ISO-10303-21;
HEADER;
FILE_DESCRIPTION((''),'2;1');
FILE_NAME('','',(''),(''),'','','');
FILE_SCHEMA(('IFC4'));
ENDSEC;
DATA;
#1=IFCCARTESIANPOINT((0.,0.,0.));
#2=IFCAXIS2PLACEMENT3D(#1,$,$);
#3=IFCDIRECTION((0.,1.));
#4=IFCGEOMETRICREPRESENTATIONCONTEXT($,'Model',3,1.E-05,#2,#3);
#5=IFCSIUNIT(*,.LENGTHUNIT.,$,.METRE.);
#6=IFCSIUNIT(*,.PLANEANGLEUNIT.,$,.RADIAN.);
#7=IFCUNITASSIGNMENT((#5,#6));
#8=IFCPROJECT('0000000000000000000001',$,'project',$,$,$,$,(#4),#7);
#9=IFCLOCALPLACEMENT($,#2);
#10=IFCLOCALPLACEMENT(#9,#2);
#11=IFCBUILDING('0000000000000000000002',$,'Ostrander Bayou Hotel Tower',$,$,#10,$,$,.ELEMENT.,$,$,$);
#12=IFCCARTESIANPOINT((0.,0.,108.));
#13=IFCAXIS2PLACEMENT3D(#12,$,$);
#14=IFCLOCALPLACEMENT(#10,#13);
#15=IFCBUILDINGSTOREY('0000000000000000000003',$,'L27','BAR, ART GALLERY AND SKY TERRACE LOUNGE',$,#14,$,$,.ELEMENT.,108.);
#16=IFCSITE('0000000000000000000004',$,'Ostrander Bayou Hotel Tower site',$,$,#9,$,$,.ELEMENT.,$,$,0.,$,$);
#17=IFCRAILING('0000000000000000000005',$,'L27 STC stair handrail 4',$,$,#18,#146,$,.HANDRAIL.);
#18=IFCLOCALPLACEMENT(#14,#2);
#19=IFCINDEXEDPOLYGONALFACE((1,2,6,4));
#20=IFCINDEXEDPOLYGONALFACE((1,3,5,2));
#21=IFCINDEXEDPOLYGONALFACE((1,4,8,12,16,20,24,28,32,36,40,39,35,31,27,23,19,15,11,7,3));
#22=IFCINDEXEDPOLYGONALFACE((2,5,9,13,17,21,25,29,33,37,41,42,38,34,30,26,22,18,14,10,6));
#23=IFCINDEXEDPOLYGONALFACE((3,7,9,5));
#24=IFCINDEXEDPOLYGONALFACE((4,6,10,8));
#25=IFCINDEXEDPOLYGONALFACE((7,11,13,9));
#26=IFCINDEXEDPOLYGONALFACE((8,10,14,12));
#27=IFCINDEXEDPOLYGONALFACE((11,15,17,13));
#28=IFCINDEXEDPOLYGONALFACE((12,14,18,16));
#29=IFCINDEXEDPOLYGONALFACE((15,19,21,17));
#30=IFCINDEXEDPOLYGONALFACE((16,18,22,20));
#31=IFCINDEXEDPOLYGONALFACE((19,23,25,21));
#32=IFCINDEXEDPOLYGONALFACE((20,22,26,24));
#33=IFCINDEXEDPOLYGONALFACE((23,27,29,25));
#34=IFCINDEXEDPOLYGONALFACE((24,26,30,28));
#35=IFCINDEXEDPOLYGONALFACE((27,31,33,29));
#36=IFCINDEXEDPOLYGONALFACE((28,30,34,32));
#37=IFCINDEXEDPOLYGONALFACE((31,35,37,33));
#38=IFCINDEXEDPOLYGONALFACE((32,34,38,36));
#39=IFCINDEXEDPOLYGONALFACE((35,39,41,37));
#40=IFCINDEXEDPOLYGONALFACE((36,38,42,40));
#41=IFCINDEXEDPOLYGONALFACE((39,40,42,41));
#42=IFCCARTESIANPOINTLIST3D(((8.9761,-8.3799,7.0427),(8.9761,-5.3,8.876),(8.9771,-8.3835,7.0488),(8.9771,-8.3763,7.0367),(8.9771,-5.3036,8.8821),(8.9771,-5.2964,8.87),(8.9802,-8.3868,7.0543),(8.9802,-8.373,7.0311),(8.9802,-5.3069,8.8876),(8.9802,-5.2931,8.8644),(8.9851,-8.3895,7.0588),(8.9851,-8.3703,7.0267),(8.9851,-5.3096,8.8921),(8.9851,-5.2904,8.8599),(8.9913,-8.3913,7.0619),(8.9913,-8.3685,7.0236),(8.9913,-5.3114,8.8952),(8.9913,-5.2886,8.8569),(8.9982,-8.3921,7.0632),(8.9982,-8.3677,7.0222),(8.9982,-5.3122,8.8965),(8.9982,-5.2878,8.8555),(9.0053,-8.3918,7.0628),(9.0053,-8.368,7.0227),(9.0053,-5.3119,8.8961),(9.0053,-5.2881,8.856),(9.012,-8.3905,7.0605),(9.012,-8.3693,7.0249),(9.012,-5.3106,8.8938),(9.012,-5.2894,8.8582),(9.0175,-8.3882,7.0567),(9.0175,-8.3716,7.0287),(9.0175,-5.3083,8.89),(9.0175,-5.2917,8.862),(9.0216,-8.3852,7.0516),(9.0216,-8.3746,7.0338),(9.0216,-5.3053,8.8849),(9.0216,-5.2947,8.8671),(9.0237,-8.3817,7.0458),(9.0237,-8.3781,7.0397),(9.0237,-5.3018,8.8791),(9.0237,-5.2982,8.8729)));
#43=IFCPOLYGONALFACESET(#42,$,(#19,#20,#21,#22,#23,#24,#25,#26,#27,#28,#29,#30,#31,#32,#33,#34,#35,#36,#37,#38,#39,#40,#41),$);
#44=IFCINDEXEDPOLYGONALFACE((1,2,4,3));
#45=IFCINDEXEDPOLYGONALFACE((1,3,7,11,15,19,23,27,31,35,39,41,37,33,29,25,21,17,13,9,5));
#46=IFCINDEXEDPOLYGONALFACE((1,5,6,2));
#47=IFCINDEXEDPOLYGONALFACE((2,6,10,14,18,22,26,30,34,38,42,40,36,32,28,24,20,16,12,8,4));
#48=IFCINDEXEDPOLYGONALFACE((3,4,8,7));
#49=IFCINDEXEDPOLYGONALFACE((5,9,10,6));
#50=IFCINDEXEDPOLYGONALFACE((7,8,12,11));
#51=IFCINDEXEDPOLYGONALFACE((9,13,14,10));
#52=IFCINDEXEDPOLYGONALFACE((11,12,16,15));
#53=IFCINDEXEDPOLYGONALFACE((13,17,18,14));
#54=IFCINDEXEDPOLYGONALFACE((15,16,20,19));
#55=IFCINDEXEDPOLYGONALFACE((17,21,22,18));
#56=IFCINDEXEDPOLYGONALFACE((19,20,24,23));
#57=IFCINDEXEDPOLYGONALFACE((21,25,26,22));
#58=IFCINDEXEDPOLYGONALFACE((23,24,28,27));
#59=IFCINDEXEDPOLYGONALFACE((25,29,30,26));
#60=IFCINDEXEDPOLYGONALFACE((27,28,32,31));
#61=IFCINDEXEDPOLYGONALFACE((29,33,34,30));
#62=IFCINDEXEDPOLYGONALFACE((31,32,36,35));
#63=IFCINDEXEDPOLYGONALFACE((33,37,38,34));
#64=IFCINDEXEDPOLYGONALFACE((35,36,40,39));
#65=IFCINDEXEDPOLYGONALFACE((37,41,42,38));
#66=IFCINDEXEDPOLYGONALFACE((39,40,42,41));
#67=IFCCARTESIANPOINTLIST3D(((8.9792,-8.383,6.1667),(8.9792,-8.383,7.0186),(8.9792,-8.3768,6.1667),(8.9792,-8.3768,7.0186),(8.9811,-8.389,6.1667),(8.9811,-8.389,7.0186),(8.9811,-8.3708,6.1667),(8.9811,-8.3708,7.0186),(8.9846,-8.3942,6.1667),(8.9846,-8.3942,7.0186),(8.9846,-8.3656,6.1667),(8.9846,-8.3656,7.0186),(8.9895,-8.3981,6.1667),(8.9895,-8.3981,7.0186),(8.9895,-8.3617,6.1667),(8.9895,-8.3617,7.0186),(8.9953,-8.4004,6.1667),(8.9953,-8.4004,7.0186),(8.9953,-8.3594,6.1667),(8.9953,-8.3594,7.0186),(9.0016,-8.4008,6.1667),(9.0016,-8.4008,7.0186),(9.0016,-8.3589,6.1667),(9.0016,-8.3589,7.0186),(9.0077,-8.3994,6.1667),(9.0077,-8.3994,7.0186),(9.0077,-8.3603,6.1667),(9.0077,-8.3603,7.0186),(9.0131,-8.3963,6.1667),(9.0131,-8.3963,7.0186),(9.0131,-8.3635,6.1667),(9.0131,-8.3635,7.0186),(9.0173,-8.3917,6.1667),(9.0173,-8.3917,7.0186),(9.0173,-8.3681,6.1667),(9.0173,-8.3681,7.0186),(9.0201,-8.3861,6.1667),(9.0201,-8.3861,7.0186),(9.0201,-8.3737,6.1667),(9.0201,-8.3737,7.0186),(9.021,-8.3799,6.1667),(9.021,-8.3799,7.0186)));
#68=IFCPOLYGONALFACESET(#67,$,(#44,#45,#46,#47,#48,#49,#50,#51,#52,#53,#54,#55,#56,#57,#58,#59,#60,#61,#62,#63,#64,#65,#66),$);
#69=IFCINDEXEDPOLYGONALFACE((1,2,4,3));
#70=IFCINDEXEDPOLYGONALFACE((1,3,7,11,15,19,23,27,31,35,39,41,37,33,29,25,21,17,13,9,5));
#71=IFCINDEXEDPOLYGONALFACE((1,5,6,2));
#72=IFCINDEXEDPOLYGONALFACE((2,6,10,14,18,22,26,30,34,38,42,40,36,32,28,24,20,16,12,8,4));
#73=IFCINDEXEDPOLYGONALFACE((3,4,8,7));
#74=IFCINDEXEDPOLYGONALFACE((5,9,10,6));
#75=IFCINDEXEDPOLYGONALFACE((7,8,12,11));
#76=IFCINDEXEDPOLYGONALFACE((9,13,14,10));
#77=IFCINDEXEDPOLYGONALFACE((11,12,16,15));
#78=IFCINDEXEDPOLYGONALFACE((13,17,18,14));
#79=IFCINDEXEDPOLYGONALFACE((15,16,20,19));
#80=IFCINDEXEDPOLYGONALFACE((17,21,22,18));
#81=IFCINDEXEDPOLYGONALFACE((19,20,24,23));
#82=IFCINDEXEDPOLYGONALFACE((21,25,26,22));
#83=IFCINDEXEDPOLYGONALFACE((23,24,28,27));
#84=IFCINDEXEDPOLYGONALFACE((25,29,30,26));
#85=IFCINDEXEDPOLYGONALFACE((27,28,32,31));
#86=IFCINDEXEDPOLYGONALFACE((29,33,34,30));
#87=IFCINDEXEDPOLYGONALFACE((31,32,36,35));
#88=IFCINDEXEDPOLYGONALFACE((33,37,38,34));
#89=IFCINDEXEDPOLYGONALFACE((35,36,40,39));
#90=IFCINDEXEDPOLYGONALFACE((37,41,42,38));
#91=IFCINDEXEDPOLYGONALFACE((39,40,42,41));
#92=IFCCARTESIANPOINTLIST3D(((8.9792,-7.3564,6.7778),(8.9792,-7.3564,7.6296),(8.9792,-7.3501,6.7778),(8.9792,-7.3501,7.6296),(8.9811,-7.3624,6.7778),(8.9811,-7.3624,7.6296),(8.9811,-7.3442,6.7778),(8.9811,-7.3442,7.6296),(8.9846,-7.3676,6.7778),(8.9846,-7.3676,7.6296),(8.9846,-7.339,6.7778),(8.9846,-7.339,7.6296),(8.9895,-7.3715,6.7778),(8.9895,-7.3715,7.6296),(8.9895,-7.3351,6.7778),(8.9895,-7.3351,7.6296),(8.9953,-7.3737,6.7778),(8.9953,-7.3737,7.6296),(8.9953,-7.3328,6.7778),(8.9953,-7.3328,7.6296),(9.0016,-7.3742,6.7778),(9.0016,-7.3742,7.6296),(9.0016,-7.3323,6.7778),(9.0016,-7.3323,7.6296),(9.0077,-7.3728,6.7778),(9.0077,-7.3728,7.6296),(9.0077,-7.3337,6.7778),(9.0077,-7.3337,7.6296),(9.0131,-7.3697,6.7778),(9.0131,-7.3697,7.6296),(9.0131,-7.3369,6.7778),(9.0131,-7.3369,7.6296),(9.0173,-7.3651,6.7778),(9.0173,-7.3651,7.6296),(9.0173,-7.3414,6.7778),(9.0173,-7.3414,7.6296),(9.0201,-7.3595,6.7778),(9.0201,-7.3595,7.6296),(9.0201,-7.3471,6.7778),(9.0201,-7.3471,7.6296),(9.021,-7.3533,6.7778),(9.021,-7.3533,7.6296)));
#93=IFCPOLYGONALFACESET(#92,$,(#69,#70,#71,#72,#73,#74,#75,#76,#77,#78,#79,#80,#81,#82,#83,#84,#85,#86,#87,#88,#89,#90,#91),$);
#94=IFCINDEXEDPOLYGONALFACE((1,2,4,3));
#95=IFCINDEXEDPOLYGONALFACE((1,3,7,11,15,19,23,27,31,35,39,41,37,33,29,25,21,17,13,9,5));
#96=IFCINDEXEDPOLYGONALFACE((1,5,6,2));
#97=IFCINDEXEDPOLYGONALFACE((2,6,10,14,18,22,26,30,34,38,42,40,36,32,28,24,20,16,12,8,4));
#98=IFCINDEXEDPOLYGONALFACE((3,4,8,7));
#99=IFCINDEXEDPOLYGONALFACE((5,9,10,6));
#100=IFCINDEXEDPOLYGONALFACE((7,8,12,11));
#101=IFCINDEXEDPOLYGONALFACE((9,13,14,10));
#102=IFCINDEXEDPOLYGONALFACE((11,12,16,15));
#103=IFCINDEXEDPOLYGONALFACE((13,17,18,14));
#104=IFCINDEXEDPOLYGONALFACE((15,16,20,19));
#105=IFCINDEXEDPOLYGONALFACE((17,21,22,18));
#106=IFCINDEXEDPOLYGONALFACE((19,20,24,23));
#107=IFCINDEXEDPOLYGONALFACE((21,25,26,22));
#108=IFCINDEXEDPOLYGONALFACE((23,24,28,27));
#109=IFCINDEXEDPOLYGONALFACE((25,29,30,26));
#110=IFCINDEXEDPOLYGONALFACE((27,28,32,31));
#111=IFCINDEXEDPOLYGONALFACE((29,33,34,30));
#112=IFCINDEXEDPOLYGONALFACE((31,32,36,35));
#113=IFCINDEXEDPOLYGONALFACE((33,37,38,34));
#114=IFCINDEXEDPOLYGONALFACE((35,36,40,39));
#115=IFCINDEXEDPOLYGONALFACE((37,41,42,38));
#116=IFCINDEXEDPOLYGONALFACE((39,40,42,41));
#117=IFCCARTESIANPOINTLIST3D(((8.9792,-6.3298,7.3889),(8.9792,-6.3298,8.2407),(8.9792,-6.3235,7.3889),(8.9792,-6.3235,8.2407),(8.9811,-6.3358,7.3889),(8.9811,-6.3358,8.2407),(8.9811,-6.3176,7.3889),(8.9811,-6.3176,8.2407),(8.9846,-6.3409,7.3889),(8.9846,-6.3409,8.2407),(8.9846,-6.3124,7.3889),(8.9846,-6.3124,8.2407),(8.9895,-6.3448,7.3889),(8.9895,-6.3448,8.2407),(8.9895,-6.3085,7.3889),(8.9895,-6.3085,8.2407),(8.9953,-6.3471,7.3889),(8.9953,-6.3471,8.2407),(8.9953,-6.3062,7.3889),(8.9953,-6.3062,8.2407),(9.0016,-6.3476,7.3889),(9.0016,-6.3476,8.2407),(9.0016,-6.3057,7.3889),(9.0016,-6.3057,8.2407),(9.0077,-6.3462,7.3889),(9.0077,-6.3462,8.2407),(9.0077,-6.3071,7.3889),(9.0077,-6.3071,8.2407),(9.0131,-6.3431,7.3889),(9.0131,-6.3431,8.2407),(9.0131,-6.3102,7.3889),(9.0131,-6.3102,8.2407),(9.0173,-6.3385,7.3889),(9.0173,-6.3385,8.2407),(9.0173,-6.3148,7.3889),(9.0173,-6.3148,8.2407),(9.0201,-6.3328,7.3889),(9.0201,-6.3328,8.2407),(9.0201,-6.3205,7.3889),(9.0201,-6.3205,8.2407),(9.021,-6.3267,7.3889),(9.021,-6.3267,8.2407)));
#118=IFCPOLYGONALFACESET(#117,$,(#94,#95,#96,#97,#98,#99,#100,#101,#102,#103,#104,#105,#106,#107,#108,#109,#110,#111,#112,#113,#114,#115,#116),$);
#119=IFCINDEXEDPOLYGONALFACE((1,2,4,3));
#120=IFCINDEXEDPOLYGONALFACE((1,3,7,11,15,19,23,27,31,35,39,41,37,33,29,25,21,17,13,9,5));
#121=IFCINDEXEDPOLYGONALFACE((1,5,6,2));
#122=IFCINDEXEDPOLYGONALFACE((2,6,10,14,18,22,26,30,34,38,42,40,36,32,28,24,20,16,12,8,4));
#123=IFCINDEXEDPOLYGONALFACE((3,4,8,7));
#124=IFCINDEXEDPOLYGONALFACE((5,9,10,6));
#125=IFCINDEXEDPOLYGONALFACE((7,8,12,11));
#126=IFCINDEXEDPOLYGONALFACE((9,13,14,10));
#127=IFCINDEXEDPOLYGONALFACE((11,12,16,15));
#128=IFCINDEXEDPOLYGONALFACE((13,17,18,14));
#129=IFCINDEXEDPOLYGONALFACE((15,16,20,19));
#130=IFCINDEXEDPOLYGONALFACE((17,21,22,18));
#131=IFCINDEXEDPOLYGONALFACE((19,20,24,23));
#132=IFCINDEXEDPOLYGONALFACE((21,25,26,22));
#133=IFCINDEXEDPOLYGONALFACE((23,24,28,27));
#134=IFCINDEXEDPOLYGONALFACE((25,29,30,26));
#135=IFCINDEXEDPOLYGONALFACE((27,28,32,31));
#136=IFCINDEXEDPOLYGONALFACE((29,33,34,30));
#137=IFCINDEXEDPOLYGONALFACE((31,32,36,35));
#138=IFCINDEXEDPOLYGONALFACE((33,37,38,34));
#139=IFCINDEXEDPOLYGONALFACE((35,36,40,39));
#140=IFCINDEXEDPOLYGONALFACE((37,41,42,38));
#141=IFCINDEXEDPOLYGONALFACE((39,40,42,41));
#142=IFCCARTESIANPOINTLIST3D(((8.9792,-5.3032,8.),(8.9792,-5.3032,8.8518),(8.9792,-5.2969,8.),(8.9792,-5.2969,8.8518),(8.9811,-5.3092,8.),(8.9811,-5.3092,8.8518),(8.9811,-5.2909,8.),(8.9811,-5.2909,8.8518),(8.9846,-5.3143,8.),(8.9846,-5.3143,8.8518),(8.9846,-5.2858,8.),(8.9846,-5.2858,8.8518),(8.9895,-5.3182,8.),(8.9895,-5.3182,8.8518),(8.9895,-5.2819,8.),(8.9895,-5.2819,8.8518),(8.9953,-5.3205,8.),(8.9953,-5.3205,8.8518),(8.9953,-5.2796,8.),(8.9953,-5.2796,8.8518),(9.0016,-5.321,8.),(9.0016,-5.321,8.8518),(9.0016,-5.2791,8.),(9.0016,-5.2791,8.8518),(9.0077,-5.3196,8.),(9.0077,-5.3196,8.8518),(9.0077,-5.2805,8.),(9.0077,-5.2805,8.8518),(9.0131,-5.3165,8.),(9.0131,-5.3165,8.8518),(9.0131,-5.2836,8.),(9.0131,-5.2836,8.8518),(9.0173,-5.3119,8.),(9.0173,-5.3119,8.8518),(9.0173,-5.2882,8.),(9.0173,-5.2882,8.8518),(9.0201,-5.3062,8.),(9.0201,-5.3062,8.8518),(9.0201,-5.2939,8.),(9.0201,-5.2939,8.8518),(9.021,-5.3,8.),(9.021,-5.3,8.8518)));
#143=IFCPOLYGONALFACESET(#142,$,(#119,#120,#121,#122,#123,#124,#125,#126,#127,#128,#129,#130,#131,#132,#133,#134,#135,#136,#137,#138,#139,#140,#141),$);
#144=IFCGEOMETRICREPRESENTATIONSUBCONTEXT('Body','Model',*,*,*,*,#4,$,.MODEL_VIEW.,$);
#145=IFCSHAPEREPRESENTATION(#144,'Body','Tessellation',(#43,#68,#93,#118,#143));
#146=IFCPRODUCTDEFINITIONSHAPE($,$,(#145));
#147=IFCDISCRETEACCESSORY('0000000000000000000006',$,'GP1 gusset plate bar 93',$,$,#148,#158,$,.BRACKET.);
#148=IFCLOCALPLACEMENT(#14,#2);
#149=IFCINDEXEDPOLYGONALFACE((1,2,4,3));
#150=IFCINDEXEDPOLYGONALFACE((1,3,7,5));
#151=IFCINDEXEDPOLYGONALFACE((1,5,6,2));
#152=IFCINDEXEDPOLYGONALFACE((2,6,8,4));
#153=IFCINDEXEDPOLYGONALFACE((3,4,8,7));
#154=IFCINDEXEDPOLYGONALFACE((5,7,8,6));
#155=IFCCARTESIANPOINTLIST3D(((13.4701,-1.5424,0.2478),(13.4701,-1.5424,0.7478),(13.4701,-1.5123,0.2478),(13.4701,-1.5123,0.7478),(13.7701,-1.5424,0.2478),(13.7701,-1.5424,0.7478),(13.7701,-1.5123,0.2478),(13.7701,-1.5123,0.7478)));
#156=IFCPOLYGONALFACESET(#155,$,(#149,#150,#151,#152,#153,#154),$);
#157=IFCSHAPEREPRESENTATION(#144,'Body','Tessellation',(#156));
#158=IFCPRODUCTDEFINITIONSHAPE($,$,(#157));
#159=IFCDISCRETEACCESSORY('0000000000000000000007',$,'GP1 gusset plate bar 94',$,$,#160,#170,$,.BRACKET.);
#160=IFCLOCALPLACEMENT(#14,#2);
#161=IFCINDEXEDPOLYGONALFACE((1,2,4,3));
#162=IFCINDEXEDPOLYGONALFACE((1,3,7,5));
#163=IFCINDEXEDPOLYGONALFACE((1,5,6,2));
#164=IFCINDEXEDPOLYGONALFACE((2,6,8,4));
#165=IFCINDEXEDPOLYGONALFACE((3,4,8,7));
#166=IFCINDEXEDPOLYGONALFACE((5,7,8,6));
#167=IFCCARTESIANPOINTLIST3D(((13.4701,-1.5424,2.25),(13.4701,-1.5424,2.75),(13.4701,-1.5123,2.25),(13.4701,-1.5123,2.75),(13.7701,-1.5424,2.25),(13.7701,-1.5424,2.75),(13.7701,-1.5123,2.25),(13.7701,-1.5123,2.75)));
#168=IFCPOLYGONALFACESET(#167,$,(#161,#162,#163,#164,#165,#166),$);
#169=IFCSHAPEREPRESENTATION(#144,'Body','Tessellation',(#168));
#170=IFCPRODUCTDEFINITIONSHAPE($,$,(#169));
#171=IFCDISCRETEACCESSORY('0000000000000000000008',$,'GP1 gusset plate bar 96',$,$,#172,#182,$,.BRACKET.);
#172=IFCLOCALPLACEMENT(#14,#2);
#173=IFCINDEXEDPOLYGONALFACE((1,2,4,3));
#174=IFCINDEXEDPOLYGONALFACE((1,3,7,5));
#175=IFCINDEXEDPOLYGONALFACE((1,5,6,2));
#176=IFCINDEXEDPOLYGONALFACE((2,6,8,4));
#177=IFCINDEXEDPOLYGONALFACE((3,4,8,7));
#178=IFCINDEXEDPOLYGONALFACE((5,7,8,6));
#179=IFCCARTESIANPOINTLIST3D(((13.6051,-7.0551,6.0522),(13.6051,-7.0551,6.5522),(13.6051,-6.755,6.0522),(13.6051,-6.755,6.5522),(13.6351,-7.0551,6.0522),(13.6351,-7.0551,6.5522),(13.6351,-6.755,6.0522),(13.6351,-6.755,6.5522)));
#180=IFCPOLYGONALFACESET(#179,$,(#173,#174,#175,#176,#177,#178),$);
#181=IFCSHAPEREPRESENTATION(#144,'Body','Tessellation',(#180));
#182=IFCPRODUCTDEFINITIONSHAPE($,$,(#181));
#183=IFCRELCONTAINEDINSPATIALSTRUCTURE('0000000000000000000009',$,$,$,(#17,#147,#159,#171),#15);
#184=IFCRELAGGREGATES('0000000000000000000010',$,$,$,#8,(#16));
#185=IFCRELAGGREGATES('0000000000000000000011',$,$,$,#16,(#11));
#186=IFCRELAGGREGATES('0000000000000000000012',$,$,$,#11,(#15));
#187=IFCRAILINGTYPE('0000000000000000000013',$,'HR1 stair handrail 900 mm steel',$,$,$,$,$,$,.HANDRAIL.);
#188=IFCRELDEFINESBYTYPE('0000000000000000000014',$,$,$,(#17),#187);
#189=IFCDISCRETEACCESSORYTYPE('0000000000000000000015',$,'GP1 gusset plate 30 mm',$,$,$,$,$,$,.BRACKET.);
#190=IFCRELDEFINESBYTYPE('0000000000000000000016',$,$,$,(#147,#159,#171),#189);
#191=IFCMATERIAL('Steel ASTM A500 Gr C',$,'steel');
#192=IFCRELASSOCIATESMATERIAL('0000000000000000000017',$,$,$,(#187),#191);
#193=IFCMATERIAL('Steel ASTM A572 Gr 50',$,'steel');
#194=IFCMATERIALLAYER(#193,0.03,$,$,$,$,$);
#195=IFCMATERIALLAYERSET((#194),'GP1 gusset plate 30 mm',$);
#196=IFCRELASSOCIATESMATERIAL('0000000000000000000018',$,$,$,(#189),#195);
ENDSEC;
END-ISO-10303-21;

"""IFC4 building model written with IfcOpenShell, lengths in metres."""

from ifc_helpers import new_model, si_unit, direction, frame, origin, origin_2d, place, context, subcontext, project, spatial, rectangle, circle, extrude, material, layer, layer_set, type_object, element, save


model = new_model("IFC4")

# Units and contexts
model_context = context("Model", 3, precision=1e-05, world=origin(), true_north=direction((0.0, 1.0)))
body_context = subcontext(model_context, "Body", "Model", "MODEL_VIEW")
ifc_project = project(units=[si_unit("LENGTHUNIT", "METRE"), si_unit("PLANEANGLEUNIT", "RADIAN")], contexts=[model_context])

# Site, building, storey
site_placement = place(None, origin())
site = spatial("IfcSite", under=ifc_project, at=site_placement, Name="Ostrander Bayou Hotel Tower site", CompositionType="ELEMENT", RefElevation=0.0)
building_placement = place(site_placement, origin())
building = spatial("IfcBuilding", under=site, at=building_placement, Name="Ostrander Bayou Hotel Tower", CompositionType="ELEMENT")
storey_placement = place(building_placement, frame((0.0, 0.0, 108.0)))
storey = spatial("IfcBuildingStorey", under=building, at=storey_placement, Name="L27", Description="BAR, ART GALLERY AND SKY TERRACE LOUNGE", CompositionType="ELEMENT", Elevation=108.0)

# Railing
ifc_material_1 = material(Name="Steel ASTM A500 Gr C", Category="steel")
railing_type_1 = type_object("IfcRailingType", Name="HR1 stair handrail 900 mm steel", PredefinedType="HANDRAIL", material=ifc_material_1)
for number, where, name in (
    (1, (9.0, -8.3799, 6.1667), "L27 STC stair handrail 4"),
):
    element("IfcRailing", number, at=place(storey_placement, frame(where)), inside=storey, type_object=railing_type_1, Name=name, PredefinedType="HANDRAIL", context=body_context, shape_type="SweptSolid", body=[
        extrude(circle(Radius=0.0239, at=origin_2d()), frame((0.0, 0.0, 0.876), z_axis=(0.0, 0.859291, 0.511487), x_axis=(-1.0, 0.0, 0.0)), (0.0, 0.0, 1.0), 3.5842),
        extrude(circle(Radius=0.021, at=origin_2d()), origin(), (0.0, 0.0, 1.0), 0.8518),
        extrude(circle(Radius=0.021, at=origin_2d()), frame((0.0, 1.0266, 0.6111)), (0.0, 0.0, 1.0), 0.8518),
        extrude(circle(Radius=0.021, at=origin_2d()), frame((0.0, 2.0532, 1.2222)), (0.0, 0.0, 1.0), 0.8518),
        extrude(circle(Radius=0.021, at=origin_2d()), frame((0.0, 3.0798, 1.8333)), (0.0, 0.0, 1.0), 0.8518),
    ])

# Discrete accessories
ifc_material_2 = material(Name="Steel ASTM A572 Gr 50", Category="steel")
ifc_layer_1 = layer(ifc_material_2, 0.03)
ifc_layer_set_1 = layer_set([ifc_layer_1], Name="GP1 gusset plate 30 mm")
discrete_accessory_type = type_object("IfcDiscreteAccessoryType", Name="GP1 gusset plate 30 mm", PredefinedType="BRACKET", material=ifc_layer_set_1)
for number, where, z_axis, x_axis, name in (
    (2, (13.6201, -1.5273, 0.2478), (0.0, 0.0, 1.0), (1.0, 0.0, 0.0), "GP1 gusset plate bar 93"),
    (3, (13.6201, -1.5273, 2.25), (0.0, 0.0, 1.0), (1.0, 0.0, 0.0), "GP1 gusset plate bar 94"),
    (4, (13.6201, -6.905, 6.0522), (0.0, 0.0, 1.0), (0.0, 1.0, 0.0), "GP1 gusset plate bar 96"),
):
    element("IfcDiscreteAccessory", number, at=place(storey_placement, frame(where, z_axis=z_axis, x_axis=x_axis)), inside=storey, type_object=discrete_accessory_type, Name=name, PredefinedType="BRACKET", context=body_context, shape_type="SweptSolid", body=[
        extrude(rectangle(XDim=0.3, YDim=0.03, at=origin_2d()), origin(), (0.0, 0.0, 1.0), 0.5),
    ])

save(model, "model.ifc")
